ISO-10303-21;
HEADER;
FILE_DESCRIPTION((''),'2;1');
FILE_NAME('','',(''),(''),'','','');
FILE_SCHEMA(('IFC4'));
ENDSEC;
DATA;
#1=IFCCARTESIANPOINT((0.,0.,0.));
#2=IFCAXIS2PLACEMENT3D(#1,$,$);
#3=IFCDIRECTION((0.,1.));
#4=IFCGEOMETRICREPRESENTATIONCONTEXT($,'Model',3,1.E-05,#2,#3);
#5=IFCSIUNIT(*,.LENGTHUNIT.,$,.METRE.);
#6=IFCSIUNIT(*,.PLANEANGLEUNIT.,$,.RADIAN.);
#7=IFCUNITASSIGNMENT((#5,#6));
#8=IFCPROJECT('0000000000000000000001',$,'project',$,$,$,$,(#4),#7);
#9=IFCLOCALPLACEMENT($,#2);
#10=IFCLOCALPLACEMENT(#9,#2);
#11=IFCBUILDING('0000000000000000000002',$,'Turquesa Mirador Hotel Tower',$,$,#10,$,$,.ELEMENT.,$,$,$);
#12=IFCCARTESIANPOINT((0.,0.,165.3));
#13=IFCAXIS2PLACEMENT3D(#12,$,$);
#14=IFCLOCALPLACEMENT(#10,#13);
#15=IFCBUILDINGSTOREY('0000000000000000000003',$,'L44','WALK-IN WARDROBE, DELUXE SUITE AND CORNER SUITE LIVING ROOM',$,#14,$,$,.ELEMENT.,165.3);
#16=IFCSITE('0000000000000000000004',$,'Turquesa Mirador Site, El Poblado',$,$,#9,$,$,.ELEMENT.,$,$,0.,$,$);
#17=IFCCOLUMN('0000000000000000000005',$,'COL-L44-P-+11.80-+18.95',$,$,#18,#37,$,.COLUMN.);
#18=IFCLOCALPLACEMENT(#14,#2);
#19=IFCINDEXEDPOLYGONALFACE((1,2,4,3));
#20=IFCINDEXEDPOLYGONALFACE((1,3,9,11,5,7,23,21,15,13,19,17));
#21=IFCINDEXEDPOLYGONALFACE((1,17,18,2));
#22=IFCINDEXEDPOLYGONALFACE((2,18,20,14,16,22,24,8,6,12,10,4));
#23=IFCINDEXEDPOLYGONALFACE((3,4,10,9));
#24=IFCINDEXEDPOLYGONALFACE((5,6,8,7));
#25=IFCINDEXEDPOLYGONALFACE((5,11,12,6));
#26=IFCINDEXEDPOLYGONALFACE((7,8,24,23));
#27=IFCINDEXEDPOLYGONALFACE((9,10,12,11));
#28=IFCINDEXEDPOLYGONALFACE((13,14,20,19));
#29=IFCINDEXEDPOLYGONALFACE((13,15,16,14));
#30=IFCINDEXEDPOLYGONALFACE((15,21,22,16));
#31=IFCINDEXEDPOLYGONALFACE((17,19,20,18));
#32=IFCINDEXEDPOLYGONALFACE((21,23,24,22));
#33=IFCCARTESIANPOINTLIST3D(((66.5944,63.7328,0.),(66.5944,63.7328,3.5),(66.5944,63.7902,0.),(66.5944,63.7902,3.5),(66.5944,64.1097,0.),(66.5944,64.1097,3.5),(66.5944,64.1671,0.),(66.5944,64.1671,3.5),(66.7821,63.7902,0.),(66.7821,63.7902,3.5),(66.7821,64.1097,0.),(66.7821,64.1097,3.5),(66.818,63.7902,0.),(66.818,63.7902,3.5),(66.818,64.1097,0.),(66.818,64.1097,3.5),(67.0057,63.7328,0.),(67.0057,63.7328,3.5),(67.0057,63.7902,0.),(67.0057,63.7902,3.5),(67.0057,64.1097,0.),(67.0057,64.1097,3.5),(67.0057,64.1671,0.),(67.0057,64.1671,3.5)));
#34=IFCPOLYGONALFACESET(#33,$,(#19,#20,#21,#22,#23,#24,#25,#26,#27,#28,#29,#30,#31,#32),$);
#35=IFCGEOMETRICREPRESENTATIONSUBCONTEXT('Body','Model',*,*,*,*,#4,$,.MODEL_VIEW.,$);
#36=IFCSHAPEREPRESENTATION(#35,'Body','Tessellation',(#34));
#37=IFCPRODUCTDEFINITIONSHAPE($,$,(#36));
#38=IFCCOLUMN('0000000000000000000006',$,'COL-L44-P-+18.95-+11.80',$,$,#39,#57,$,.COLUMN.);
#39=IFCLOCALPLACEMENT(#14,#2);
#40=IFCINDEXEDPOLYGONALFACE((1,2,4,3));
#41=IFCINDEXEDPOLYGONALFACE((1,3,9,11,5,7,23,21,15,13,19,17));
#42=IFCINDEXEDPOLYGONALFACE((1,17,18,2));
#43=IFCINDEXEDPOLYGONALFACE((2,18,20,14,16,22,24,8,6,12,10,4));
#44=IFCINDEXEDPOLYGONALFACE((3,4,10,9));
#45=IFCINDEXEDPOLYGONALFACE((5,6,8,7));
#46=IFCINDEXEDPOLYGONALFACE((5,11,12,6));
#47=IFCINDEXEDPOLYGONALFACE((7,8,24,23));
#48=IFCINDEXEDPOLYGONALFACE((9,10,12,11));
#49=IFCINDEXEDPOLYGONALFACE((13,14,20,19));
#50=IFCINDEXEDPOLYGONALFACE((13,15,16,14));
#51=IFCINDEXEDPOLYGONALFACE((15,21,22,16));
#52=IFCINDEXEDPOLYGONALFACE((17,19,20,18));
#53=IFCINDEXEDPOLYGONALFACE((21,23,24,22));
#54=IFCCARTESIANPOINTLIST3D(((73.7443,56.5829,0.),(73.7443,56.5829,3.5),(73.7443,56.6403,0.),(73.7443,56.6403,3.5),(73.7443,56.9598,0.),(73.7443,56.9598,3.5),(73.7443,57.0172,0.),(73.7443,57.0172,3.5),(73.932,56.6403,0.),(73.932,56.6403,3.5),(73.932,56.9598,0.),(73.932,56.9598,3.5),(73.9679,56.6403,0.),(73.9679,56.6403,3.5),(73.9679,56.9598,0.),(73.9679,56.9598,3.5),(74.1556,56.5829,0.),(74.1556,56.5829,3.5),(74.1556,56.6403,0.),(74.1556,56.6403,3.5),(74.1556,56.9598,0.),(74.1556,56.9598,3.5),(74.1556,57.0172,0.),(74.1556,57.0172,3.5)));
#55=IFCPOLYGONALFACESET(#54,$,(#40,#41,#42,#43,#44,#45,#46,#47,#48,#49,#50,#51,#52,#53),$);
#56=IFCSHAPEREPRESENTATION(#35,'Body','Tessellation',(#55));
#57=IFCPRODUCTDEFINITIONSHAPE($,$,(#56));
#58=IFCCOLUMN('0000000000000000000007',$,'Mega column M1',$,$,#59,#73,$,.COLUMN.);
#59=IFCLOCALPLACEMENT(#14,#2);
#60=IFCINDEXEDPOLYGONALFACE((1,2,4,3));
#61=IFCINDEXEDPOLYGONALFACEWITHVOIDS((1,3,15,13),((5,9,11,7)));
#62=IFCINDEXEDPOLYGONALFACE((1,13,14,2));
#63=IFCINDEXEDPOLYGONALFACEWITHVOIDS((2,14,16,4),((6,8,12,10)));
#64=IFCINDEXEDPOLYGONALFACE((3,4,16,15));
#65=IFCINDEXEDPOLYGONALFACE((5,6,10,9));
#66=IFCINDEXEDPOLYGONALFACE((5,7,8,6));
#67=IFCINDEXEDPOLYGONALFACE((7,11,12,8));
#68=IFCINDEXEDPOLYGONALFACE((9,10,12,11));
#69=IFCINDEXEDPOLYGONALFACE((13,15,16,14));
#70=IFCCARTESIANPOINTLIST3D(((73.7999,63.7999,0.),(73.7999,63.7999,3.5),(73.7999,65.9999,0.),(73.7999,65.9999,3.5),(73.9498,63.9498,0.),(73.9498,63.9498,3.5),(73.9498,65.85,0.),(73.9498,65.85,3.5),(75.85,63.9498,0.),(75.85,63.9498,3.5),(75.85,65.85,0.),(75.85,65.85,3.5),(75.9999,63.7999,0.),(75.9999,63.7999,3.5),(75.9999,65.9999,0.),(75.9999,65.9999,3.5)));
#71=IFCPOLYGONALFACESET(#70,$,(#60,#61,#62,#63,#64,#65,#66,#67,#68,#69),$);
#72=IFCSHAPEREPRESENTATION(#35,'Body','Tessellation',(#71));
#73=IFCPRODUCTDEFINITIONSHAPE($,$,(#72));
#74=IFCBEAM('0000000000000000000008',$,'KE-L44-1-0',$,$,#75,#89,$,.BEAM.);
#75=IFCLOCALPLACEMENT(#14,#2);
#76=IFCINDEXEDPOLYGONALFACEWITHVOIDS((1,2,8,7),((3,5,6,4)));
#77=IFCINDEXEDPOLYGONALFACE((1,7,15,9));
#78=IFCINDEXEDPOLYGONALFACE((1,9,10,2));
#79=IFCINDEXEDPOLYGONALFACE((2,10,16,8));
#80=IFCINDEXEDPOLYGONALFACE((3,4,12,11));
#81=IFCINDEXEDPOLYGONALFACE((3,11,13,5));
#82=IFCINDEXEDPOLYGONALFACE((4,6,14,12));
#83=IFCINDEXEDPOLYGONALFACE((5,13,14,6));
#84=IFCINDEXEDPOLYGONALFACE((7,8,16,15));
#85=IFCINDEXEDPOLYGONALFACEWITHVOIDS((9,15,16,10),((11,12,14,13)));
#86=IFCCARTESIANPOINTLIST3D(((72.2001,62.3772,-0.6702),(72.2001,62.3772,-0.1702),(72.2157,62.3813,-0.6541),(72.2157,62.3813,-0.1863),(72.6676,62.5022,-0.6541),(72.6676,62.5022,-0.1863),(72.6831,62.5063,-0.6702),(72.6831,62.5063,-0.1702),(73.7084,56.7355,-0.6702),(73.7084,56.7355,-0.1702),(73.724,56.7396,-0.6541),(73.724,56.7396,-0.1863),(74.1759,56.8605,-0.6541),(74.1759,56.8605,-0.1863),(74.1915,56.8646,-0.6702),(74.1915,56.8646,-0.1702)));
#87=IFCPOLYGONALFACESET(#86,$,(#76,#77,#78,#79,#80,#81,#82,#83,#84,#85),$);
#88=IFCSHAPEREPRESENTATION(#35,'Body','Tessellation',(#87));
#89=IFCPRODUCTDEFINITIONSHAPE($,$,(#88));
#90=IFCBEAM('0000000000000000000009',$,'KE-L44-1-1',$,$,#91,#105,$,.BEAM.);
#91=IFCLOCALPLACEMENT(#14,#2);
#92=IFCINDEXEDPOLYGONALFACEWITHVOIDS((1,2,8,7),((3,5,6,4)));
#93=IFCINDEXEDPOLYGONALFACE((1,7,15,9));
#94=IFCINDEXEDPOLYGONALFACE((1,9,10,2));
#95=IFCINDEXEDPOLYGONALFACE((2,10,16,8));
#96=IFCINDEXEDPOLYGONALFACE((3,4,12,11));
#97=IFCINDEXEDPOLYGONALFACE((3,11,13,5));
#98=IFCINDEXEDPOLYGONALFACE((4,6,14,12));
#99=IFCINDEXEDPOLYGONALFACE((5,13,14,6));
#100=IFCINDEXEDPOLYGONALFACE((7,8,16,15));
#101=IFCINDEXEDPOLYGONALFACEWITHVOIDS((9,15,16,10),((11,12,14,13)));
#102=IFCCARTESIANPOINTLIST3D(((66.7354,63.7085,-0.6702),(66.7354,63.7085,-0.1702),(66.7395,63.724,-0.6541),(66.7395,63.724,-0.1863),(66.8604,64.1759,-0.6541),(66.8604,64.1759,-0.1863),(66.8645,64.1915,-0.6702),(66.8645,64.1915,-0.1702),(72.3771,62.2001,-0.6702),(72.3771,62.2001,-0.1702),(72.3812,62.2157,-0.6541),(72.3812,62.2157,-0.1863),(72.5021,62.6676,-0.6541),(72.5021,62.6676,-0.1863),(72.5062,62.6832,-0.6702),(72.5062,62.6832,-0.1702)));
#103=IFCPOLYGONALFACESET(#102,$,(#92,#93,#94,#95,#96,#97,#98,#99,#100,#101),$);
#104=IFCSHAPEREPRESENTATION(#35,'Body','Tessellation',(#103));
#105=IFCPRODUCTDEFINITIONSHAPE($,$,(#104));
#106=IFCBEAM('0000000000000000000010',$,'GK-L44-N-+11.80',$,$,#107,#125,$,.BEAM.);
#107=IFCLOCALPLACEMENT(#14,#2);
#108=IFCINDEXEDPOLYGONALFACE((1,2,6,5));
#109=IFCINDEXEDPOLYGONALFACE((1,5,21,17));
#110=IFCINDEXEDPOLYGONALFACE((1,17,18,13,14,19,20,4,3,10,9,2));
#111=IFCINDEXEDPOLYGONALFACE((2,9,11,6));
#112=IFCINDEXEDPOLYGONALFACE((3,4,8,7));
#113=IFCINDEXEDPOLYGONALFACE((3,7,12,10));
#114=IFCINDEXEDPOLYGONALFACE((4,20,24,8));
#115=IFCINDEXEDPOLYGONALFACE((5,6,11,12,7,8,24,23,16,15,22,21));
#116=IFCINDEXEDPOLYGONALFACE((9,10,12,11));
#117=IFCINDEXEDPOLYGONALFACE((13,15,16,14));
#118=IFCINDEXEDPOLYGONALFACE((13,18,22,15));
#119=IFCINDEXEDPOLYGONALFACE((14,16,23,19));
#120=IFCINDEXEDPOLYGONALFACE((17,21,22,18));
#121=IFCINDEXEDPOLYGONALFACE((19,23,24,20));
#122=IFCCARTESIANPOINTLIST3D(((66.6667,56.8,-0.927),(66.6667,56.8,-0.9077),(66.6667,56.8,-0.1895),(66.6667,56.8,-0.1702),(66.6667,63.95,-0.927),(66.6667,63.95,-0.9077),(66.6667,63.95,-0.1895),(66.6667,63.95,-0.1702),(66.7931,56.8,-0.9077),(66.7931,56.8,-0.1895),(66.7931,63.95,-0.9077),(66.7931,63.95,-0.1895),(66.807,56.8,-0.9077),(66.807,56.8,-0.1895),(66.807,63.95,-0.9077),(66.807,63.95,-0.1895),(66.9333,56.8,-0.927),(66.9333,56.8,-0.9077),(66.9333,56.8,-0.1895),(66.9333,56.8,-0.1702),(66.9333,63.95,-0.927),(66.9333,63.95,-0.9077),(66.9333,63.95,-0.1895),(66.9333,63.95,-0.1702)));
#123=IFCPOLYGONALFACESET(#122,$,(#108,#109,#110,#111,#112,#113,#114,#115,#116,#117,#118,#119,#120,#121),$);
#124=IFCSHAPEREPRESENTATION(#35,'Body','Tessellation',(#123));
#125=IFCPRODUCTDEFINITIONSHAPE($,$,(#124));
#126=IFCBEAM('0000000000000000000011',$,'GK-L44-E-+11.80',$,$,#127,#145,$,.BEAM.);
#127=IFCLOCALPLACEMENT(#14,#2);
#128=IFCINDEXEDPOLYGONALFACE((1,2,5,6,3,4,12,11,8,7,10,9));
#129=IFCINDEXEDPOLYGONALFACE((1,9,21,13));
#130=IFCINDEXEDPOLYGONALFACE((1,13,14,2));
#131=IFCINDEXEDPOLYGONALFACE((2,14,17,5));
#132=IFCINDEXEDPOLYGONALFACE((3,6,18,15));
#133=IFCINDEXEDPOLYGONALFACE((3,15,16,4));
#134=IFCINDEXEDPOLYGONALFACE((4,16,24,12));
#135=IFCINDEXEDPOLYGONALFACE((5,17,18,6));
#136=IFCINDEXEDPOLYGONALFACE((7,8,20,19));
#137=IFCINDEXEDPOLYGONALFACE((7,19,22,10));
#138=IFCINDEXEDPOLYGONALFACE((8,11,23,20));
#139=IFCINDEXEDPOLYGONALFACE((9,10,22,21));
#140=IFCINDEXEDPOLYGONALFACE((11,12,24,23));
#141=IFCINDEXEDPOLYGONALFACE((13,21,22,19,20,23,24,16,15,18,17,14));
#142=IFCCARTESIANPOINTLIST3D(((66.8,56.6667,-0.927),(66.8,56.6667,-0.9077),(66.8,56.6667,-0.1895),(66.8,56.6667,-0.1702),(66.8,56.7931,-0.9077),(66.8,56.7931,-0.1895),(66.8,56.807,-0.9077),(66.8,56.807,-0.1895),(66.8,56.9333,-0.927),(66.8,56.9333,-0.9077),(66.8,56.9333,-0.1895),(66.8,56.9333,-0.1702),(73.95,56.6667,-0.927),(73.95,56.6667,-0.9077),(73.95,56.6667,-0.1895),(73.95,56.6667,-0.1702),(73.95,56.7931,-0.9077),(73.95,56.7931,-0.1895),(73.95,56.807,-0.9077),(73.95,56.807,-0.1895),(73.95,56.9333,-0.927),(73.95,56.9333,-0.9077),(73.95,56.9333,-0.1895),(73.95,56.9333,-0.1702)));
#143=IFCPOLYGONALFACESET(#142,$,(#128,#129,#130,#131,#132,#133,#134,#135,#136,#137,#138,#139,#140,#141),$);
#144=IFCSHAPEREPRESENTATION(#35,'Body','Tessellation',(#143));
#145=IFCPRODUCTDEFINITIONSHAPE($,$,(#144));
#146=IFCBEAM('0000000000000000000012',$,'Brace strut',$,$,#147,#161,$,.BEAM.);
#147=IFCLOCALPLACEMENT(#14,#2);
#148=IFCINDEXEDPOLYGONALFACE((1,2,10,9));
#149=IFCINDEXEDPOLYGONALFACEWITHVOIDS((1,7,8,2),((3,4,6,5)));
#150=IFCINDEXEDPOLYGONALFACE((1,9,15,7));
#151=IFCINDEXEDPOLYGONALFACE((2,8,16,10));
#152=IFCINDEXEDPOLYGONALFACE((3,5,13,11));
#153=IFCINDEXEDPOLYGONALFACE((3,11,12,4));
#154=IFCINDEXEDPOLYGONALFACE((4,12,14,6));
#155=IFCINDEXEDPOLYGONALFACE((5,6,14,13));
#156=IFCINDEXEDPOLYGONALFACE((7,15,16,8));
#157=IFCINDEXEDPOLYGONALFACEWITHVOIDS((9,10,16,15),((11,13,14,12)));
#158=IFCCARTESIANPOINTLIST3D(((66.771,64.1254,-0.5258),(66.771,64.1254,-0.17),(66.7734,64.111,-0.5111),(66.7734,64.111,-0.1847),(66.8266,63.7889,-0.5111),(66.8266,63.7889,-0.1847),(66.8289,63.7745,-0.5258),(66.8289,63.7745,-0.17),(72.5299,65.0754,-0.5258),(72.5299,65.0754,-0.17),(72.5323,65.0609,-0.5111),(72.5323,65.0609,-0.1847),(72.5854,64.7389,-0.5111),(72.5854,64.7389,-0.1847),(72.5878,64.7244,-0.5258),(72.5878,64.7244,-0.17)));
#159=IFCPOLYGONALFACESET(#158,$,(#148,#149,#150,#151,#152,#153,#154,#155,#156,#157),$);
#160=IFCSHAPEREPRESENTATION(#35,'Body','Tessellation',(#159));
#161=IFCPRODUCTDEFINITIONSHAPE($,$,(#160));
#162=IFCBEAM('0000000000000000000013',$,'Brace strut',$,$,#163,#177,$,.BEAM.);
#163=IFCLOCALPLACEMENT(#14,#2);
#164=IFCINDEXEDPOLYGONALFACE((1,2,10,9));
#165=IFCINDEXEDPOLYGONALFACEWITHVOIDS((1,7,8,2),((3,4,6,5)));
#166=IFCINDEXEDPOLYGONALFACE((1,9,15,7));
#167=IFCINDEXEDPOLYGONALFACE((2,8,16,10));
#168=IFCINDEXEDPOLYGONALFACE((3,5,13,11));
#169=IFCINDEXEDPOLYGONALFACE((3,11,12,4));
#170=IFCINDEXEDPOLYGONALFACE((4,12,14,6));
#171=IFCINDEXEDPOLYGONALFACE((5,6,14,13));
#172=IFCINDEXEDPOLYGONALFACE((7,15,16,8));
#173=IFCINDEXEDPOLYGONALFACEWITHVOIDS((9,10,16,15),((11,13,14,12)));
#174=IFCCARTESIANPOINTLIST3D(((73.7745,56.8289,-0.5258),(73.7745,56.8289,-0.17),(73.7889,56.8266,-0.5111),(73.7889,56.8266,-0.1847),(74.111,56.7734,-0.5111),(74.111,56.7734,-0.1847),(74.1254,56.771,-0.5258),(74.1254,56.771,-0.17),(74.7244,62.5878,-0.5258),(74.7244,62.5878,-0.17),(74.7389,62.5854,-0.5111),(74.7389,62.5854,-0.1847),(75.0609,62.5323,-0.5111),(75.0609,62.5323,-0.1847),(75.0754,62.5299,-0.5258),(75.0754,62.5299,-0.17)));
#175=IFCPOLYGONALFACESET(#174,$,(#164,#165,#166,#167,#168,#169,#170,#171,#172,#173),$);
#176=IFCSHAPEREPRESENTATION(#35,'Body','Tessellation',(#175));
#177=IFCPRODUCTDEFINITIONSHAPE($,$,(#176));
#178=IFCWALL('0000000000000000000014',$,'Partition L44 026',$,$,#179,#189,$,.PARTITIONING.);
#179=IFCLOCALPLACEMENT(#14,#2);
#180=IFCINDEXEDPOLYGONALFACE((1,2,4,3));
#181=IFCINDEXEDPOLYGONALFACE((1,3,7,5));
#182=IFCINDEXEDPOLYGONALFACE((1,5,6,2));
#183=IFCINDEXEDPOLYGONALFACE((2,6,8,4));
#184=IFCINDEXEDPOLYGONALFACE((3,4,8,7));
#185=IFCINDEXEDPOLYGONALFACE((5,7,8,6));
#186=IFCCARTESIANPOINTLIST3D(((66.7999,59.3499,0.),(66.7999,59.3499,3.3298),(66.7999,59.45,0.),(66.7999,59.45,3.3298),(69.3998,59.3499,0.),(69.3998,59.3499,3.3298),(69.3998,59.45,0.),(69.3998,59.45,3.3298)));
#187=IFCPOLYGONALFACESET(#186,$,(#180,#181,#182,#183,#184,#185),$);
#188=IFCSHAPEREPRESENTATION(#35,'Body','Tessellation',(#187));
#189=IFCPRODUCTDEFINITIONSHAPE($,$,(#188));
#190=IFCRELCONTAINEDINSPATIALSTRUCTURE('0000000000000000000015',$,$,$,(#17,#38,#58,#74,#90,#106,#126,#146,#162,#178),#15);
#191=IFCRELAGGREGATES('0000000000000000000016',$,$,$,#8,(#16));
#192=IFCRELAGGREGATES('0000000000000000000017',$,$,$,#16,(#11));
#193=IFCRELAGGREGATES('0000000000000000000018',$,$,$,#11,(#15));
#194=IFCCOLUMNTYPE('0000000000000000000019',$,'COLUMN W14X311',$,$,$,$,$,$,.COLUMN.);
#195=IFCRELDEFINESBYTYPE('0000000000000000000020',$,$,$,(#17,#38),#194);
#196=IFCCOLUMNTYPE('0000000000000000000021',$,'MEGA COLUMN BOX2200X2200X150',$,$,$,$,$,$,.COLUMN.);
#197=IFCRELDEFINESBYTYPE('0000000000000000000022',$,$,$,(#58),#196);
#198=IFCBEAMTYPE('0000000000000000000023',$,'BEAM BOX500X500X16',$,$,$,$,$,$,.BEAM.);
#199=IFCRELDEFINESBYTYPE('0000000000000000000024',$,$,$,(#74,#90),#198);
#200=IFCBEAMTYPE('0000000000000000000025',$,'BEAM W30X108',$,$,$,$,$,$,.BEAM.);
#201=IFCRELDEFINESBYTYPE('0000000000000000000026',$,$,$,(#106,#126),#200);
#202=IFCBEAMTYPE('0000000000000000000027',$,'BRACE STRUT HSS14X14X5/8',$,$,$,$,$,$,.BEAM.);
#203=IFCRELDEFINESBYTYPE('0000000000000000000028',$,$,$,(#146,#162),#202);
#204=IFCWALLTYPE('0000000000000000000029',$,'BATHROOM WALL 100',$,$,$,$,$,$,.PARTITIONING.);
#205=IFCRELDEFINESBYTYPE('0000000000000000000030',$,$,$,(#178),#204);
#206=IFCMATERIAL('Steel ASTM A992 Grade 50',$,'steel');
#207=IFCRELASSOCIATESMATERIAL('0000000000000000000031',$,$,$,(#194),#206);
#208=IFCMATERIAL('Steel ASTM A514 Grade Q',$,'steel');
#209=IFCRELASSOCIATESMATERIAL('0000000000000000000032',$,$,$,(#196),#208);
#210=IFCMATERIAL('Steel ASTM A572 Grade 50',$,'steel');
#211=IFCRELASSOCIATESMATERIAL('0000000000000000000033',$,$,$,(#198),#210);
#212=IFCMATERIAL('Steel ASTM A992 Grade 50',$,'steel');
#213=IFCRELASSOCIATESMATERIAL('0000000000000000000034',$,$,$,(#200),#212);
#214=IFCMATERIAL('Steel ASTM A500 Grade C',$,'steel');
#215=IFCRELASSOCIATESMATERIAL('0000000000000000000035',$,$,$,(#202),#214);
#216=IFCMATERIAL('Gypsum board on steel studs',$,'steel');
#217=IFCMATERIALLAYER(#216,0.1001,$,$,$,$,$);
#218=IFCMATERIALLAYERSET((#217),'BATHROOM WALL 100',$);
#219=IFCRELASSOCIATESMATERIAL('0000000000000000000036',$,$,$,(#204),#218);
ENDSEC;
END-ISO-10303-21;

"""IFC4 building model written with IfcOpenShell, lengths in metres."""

from ifc_helpers import new_model, si_unit, direction, frame, frame_2d, origin, origin_2d, place, context, subcontext, project, spatial, rectangle, hollow_rectangle, i_section, extrude, material, layer, layer_set, material_profile, profile_set, type_object, element, save


model = new_model("IFC4")

# Units and contexts
model_context = context("Model", 3, precision=1e-05, world=origin(), true_north=direction((0.0, 1.0)))
body_context = subcontext(model_context, "Body", "Model", "MODEL_VIEW")
ifc_project = project(units=[si_unit("LENGTHUNIT", "METRE"), si_unit("PLANEANGLEUNIT", "RADIAN")], contexts=[model_context])

# Site, building, storey
site_placement = place(None, origin())
site = spatial("IfcSite", under=ifc_project, at=site_placement, Name="Turquesa Mirador Site, El Poblado", CompositionType="ELEMENT", RefElevation=0.0)
building_placement = place(site_placement, origin())
building = spatial("IfcBuilding", under=site, at=building_placement, Name="Turquesa Mirador Hotel Tower", CompositionType="ELEMENT")
storey_placement = place(building_placement, frame((0.0, 0.0, 165.3)))
storey = spatial("IfcBuildingStorey", under=building, at=storey_placement, Name="L44", Description="WALK-IN WARDROBE, DELUXE SUITE AND CORNER SUITE LIVING ROOM", CompositionType="ELEMENT", Elevation=165.3)

# Columns
ifc_material_1 = material(Name="Steel ASTM A992 Grade 50", Category="steel")
ifc_material_profile_1 = material_profile(ifc_material_1, i_section(OverallWidth=0.4114, OverallDepth=0.4343, WebThickness=0.0359, FlangeThickness=0.0574, at=origin_2d()), Name="W14X311")
ifc_profile_set_1 = profile_set([ifc_material_profile_1], Name="Steel ASTM A992 Grade 50")
column_type_1 = type_object("IfcColumnType", Name="COLUMN W14X311", PredefinedType="COLUMN", material=ifc_profile_set_1)
for number, where, z_axis, x_axis, name in (
    (1, (66.8, 63.95, 0.0), (0.0, 0.0, 1.0), (1.0, 0.0, 0.0), "COL-L44-P-+11.80-+18.95"),
    (2, (73.95, 56.8, 0.0), (0.0, 0.0, 1.0), (1.0, 0.0, 0.0), "COL-L44-P-+18.95-+11.80"),
):
    element("IfcColumn", number, at=place(storey_placement, frame(where, z_axis=z_axis, x_axis=x_axis)), inside=storey, type_object=column_type_1, Name=name, PredefinedType="COLUMN", context=body_context, shape_type="SweptSolid", body=[
        extrude(i_section(OverallWidth=0.4114, OverallDepth=0.4343, WebThickness=0.0359, FlangeThickness=0.0574, at=origin_2d()), origin(), (0.0, 0.0, 1.0), 3.5),
    ])
ifc_material_2 = material(Name="Steel ASTM A514 Grade Q", Category="steel")
ifc_material_profile_2 = material_profile(ifc_material_2, hollow_rectangle(XDim=2.2, YDim=2.2, WallThickness=0.1499, at=origin_2d()), Name="BOX2200X2200X150")
ifc_profile_set_2 = profile_set([ifc_material_profile_2], Name="Steel ASTM A514 Grade Q")
column_type_2 = type_object("IfcColumnType", Name="MEGA COLUMN BOX2200X2200X150", PredefinedType="COLUMN", material=ifc_profile_set_2)
column_placement = place(storey_placement, frame((74.8999, 64.8999, 0.0), z_axis=(0.0, 0.0, 1.0), x_axis=(1.0, 0.0, 0.0)))
element("IfcColumn", 3, at=column_placement, inside=storey, type_object=column_type_2, Name="Mega column M1", PredefinedType="COLUMN", context=body_context, shape_type="SweptSolid", body=[
    extrude(hollow_rectangle(XDim=2.2, YDim=2.2, WallThickness=0.1499, at=origin_2d()), origin(), (0.0, 0.0, 1.0), 3.5),
])

# Beams
ifc_material_3 = material(Name="Steel ASTM A572 Grade 50", Category="steel")
ifc_material_profile_3 = material_profile(ifc_material_3, hollow_rectangle(XDim=0.5, YDim=0.5, WallThickness=0.0161, at=origin_2d()), Name="BOX500X500X16")
ifc_profile_set_3 = profile_set([ifc_material_profile_3], Name="Steel ASTM A572 Grade 50")
beam_type_1 = type_object("IfcBeamType", Name="BEAM BOX500X500X16", PredefinedType="BEAM", material=ifc_profile_set_3)
for number, where, z_axis, x_axis, name in (
    (4, (73.95, 56.8, -0.4202), (-0.258282, 0.96607, 0.0), (-0.96607, -0.258282, 0.0), "KE-L44-1-0"),
    (5, (72.4417, 62.4417, -0.4202), (-0.96607, 0.258282, 0.0), (-0.258282, -0.96607, 0.0), "KE-L44-1-1"),
):
    element("IfcBeam", number, at=place(storey_placement, frame(where, z_axis=z_axis, x_axis=x_axis)), inside=storey, type_object=beam_type_1, Name=name, PredefinedType="BEAM", context=body_context, shape_type="SweptSolid", body=[
        extrude(hollow_rectangle(XDim=0.5, YDim=0.5, WallThickness=0.0161, at=origin_2d()), origin(), (0.0, 0.0, 1.0), 5.8398),
    ])
ifc_material_4 = material(Name="Steel ASTM A992 Grade 50", Category="steel")
ifc_material_profile_4 = material_profile(ifc_material_4, i_section(OverallWidth=0.2666, OverallDepth=0.7568, WebThickness=0.0139, FlangeThickness=0.0193, at=origin_2d()), Name="W30X108")
ifc_profile_set_4 = profile_set([ifc_material_profile_4], Name="Steel ASTM A992 Grade 50")
beam_type_2 = type_object("IfcBeamType", Name="BEAM W30X108", PredefinedType="BEAM", material=ifc_profile_set_4)
for number, where, z_axis, x_axis, name in (
    (6, (66.8, 63.95, -0.5486), (0.0, -1.0, 0.0), (1.0, 0.0, 0.0), "GK-L44-N-+11.80"),
    (7, (73.95, 56.8, -0.5486), (-1.0, 0.0, 0.0), (0.0, -1.0, 0.0), "GK-L44-E-+11.80"),
):
    element("IfcBeam", number, at=place(storey_placement, frame(where, z_axis=z_axis, x_axis=x_axis)), inside=storey, type_object=beam_type_2, Name=name, PredefinedType="BEAM", context=body_context, shape_type="SweptSolid", body=[
        extrude(i_section(OverallWidth=0.2666, OverallDepth=0.7568, WebThickness=0.0139, FlangeThickness=0.0193, at=origin_2d()), origin(), (0.0, 0.0, 1.0), 7.1499),
    ])
ifc_material_5 = material(Name="Steel ASTM A500 Grade C", Category="steel")
ifc_material_profile_5 = material_profile(ifc_material_5, hollow_rectangle(XDim=0.3557, YDim=0.3557, WallThickness=0.0146, at=origin_2d()), Name="HSS14X14X5/8")
ifc_profile_set_5 = profile_set([ifc_material_profile_5], Name="Steel ASTM A500 Grade C")
beam_type_3 = type_object("IfcBeamType", Name="BRACE STRUT HSS14X14X5/8", PredefinedType="BEAM", material=ifc_profile_set_5)
for number, where, z_axis, x_axis, name in (
    (8, (72.5588, 64.8999, -0.3479), (-0.986666, -0.162757, 0.0), (0.162757, -0.986666, 0.0), "Brace strut"),
    (9, (74.8999, 62.5588, -0.3479), (-0.162757, -0.986666, 0.0), (0.986666, -0.162757, 0.0), "Brace strut"),
):
    element("IfcBeam", number, at=place(storey_placement, frame(where, z_axis=z_axis, x_axis=x_axis)), inside=storey, type_object=beam_type_3, Name=name, PredefinedType="BEAM", context=body_context, shape_type="SweptSolid", body=[
        extrude(hollow_rectangle(XDim=0.3557, YDim=0.3557, WallThickness=0.0146, at=origin_2d()), origin(), (0.0, 0.0, 1.0), 5.8367),
    ])

# Wall
ifc_material_6 = material(Name="Gypsum board on steel studs", Category="steel")
ifc_layer_1 = layer(ifc_material_6, 0.1001)
ifc_layer_set_1 = layer_set([ifc_layer_1], Name="BATHROOM WALL 100")
wall_type_1 = type_object("IfcWallType", Name="BATHROOM WALL 100", PredefinedType="PARTITIONING", material=ifc_layer_set_1)
wall_1_placement = place(storey_placement, frame((66.8, 59.3999, 0.0), z_axis=(0.0, 0.0, 1.0), x_axis=(1.0, 0.0, 0.0)))
element("IfcWall", 10, at=wall_1_placement, inside=storey, type_object=wall_type_1, Name="Partition L44 026", PredefinedType="PARTITIONING", context=body_context, shape_type="SweptSolid", body=[
    extrude(rectangle(XDim=2.5999, YDim=0.1001, at=frame_2d((1.2998, 0.0))), origin(), (0.0, 0.0, 1.0), 3.3298),
])

save(model, "model.ifc")
